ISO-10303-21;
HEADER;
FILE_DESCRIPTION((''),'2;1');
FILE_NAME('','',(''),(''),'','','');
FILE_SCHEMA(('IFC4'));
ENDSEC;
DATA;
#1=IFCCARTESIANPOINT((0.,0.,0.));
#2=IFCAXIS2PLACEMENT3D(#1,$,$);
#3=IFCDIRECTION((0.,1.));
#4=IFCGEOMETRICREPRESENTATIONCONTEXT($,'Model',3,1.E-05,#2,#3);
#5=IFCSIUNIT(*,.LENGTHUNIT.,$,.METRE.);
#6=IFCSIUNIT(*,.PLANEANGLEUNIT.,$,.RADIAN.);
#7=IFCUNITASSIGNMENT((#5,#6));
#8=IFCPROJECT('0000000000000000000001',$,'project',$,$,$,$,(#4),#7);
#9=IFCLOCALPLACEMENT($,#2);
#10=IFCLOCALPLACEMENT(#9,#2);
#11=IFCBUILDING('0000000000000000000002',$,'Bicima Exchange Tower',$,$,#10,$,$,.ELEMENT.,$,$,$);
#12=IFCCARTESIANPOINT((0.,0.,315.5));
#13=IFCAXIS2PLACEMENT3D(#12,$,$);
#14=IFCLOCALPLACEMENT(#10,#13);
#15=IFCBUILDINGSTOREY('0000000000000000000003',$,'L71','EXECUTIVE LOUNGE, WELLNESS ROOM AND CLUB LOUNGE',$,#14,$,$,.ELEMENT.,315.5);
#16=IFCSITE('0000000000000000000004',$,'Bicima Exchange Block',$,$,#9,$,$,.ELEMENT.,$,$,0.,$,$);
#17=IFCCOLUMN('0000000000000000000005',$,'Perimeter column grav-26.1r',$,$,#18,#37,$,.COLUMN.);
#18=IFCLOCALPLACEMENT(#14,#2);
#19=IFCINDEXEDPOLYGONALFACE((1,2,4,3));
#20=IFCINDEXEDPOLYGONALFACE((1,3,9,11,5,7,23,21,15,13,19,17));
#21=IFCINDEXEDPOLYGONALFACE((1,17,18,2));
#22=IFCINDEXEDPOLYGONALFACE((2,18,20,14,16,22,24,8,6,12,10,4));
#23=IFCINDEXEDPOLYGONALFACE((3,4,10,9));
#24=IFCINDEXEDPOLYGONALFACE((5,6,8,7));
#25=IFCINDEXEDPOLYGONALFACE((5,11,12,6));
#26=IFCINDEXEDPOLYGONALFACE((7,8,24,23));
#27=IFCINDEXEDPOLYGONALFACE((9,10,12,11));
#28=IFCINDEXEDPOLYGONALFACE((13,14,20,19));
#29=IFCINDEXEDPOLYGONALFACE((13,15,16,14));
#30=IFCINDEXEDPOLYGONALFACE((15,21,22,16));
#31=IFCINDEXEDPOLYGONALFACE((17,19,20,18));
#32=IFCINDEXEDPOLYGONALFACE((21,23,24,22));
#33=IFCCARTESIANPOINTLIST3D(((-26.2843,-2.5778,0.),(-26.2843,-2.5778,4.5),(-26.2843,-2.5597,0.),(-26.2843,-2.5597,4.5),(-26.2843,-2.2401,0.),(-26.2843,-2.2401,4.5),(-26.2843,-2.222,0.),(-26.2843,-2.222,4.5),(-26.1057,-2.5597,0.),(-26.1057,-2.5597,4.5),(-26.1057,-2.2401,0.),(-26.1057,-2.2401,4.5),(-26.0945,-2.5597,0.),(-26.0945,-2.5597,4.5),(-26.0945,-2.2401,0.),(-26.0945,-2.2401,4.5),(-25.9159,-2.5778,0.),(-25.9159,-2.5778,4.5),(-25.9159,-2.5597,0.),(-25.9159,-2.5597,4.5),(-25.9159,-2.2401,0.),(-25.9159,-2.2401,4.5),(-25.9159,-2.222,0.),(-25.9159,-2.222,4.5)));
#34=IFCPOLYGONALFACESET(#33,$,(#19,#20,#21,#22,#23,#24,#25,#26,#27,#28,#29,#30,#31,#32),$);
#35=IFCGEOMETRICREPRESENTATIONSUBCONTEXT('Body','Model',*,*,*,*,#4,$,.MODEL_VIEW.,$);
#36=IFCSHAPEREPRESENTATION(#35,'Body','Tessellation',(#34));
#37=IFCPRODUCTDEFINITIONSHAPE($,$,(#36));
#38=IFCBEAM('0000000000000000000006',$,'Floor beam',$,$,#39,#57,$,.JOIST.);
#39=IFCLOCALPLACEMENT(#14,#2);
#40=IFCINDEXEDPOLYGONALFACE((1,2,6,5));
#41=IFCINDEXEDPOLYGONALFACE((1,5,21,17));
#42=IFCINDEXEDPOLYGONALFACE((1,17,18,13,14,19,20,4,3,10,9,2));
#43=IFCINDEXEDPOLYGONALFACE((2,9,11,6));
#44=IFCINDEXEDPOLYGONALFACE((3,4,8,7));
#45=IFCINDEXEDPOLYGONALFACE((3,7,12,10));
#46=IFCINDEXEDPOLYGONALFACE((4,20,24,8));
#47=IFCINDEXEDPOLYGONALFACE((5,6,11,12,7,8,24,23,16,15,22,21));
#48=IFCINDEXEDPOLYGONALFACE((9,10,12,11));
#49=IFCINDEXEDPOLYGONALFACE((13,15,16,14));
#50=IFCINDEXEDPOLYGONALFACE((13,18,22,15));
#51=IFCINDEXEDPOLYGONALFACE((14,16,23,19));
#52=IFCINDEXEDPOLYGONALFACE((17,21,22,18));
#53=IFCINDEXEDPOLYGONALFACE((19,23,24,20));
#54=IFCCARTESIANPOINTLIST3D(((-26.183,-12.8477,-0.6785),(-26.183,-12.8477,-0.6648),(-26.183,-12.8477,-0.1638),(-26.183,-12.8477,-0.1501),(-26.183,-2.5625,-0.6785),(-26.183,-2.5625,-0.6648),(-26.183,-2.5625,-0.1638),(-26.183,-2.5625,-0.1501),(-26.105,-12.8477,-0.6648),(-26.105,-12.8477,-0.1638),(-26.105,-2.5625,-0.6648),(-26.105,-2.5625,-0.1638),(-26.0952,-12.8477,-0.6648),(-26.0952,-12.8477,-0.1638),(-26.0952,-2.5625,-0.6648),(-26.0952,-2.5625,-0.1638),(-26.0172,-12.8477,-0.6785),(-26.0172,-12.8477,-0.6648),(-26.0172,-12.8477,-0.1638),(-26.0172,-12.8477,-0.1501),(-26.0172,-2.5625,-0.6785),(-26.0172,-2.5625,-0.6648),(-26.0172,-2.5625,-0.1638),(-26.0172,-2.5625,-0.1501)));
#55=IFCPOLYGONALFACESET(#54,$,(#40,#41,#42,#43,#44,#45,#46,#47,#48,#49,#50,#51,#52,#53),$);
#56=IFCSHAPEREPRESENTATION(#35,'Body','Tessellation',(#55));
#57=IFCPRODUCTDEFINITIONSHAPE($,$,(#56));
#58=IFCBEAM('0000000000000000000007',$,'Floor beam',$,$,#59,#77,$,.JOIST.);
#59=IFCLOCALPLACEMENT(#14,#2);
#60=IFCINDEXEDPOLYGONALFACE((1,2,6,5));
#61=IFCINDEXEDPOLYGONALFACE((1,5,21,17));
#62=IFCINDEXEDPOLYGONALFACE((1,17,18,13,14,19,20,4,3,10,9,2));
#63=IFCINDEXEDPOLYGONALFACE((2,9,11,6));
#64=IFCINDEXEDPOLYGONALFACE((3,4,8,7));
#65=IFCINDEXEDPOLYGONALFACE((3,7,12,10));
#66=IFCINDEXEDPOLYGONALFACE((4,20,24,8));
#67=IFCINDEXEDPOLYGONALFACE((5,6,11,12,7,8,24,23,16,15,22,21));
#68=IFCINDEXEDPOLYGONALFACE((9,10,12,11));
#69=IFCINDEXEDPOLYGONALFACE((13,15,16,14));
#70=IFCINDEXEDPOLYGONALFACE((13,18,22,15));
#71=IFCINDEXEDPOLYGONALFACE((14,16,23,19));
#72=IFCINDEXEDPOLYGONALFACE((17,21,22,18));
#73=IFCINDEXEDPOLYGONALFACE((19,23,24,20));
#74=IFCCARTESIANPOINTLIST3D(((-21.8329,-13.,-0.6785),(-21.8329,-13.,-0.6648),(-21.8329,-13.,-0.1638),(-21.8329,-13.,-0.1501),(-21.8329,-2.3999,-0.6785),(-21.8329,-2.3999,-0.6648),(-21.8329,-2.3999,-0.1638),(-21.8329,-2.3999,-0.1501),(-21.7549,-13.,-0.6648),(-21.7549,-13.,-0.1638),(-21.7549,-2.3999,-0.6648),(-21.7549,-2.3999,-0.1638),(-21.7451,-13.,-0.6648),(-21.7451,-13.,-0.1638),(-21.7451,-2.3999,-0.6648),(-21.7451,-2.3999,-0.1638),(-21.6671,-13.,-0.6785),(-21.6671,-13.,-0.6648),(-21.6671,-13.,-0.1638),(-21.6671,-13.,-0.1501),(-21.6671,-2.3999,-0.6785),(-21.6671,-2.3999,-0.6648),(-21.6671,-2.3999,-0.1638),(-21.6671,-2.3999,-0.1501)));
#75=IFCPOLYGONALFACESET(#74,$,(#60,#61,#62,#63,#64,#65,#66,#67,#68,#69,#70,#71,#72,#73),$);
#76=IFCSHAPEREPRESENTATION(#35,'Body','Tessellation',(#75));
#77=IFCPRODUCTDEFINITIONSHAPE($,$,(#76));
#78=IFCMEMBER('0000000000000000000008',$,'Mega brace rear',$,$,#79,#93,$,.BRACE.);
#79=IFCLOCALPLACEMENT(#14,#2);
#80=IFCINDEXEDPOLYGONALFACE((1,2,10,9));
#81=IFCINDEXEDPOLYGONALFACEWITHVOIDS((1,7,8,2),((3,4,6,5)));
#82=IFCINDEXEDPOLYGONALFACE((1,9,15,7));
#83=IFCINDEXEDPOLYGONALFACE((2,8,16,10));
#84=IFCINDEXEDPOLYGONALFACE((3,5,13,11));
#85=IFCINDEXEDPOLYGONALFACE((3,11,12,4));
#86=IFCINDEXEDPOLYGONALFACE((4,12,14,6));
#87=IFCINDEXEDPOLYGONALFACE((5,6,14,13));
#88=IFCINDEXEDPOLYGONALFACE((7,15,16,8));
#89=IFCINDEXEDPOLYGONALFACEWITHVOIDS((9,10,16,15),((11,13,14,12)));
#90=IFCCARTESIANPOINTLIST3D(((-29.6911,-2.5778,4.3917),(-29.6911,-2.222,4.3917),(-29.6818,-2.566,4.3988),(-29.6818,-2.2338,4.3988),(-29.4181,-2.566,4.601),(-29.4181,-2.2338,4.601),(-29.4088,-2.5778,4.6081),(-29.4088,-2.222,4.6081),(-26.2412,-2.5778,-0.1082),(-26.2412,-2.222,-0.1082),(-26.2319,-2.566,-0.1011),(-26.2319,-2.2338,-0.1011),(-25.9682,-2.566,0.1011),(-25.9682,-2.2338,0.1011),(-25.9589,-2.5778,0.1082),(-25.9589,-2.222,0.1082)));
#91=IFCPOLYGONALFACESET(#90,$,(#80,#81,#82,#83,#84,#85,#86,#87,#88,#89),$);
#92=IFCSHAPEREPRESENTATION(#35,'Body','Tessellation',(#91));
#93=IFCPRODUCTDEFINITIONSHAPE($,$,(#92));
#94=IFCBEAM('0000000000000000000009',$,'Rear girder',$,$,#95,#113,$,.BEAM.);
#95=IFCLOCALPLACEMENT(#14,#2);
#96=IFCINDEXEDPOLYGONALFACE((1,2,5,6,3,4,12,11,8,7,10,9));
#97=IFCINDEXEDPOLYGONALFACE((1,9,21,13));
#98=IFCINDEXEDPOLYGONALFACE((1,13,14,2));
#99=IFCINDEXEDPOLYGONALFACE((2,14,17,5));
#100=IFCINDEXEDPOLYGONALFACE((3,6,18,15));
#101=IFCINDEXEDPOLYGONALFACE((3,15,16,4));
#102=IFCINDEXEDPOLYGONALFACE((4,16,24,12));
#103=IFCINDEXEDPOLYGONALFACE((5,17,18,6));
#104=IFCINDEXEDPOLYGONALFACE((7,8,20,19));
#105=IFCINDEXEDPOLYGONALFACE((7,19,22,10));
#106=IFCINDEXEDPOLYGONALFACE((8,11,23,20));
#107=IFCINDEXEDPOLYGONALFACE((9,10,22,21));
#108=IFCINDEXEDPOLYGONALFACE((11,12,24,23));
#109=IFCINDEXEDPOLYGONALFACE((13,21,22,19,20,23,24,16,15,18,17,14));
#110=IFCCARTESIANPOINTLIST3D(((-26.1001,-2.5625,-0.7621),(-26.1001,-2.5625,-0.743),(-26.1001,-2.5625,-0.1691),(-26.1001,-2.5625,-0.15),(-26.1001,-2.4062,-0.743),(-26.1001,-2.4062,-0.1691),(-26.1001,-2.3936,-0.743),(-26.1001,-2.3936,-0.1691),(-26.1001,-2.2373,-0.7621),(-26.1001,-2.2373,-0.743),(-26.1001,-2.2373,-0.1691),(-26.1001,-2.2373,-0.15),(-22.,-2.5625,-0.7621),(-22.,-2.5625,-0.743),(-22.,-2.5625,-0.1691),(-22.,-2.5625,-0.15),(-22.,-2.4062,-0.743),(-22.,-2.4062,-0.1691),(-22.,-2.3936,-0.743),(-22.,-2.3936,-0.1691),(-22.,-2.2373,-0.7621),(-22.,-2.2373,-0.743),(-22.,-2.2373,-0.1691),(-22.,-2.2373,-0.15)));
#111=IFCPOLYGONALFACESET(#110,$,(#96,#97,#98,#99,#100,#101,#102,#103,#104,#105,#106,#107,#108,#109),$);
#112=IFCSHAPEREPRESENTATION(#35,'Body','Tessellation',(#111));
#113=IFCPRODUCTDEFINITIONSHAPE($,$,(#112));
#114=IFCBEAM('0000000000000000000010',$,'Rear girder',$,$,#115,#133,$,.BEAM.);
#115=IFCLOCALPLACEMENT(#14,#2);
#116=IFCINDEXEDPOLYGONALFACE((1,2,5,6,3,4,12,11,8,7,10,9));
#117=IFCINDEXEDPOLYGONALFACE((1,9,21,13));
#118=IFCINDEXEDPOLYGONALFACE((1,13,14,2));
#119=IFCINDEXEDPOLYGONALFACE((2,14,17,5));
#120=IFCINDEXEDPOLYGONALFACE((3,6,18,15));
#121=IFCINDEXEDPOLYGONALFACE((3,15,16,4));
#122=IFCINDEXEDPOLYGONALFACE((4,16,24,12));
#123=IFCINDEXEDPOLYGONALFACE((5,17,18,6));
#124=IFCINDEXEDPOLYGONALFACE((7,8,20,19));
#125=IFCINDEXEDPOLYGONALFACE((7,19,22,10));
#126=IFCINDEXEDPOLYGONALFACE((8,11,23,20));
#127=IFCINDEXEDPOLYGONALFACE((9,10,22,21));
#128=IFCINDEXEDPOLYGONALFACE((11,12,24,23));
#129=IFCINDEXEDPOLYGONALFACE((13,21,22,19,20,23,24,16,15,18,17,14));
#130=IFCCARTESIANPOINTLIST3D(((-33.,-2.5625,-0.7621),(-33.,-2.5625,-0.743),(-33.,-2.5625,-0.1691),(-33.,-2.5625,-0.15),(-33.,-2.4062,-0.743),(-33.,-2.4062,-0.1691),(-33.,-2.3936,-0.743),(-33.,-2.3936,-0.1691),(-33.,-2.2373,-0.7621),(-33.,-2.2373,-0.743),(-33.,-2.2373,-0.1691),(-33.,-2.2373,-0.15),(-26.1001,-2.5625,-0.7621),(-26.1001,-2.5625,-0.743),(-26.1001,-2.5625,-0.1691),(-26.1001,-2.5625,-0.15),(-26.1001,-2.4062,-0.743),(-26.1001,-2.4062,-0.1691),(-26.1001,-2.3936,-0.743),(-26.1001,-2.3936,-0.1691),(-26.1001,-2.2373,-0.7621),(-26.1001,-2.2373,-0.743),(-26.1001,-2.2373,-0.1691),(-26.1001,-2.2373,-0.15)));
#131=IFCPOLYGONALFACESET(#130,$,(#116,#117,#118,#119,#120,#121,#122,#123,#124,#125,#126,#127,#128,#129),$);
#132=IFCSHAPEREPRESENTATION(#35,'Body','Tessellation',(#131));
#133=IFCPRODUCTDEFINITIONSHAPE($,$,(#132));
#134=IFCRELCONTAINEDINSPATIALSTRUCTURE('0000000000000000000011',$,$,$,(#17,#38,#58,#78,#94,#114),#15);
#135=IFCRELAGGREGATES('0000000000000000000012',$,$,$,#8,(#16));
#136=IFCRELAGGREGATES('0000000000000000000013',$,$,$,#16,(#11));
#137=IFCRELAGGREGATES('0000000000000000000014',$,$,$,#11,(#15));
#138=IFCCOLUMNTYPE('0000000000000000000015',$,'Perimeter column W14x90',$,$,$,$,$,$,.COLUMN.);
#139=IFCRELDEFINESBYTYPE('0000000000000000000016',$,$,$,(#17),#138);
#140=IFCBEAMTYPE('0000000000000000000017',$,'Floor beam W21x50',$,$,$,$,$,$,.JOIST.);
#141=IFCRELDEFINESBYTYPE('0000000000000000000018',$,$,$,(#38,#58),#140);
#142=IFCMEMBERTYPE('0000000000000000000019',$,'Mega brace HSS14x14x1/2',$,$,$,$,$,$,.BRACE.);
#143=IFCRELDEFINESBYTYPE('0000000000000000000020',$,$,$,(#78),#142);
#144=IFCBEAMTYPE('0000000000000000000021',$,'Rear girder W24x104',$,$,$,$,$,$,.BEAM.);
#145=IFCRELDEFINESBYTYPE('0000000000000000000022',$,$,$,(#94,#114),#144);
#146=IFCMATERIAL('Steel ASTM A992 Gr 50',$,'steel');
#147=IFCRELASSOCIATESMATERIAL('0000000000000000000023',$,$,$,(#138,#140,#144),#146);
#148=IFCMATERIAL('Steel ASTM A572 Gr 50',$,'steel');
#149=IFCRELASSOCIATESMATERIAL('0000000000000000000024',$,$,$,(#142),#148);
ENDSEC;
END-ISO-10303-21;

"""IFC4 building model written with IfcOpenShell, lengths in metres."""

from ifc_helpers import new_model, si_unit, direction, frame, origin, origin_2d, place, context, subcontext, project, spatial, hollow_rectangle, i_section, extrude, material, material_profile, profile_set, type_object, element, save


model = new_model("IFC4")

# Units and contexts
model_context = context("Model", 3, precision=1e-05, world=origin(), true_north=direction((0.0, 1.0)))
body_context = subcontext(model_context, "Body", "Model", "MODEL_VIEW")
ifc_project = project(units=[si_unit("LENGTHUNIT", "METRE"), si_unit("PLANEANGLEUNIT", "RADIAN")], contexts=[model_context])

# Site, building, storey
site_placement = place(None, origin())
site = spatial("IfcSite", under=ifc_project, at=site_placement, Name="Bicima Exchange Block", CompositionType="ELEMENT", RefElevation=0.0)
building_placement = place(site_placement, origin())
building = spatial("IfcBuilding", under=site, at=building_placement, Name="Bicima Exchange Tower", CompositionType="ELEMENT")
storey_placement = place(building_placement, frame((0.0, 0.0, 315.5)))
storey = spatial("IfcBuildingStorey", under=building, at=storey_placement, Name="L71", Description="EXECUTIVE LOUNGE, WELLNESS ROOM AND CLUB LOUNGE", CompositionType="ELEMENT", Elevation=315.5)

# Column
ifc_material_1 = material(Name="Steel ASTM A992 Gr 50", Category="steel")
ifc_material_profile_1 = material_profile(ifc_material_1, i_section(OverallWidth=0.3684, OverallDepth=0.3557, WebThickness=0.0112, FlangeThickness=0.0181, at=origin_2d()))
ifc_profile_set_1 = profile_set([ifc_material_profile_1], Name="Steel ASTM A992 Gr 50")
column_type = type_object("IfcColumnType", Name="Perimeter column W14x90", PredefinedType="COLUMN", material=ifc_profile_set_1)
column_placement = place(storey_placement, frame((-26.1001, -2.3999, 0.0), z_axis=(0.0, 0.0, 1.0), x_axis=(1.0, 0.0, 0.0)))
element("IfcColumn", 1, at=column_placement, inside=storey, type_object=column_type, Name="Perimeter column grav-26.1r", PredefinedType="COLUMN", context=body_context, shape_type="SweptSolid", body=[
    extrude(i_section(OverallWidth=0.3684, OverallDepth=0.3557, WebThickness=0.0112, FlangeThickness=0.0181, at=origin_2d()), origin(), (0.0, 0.0, 1.0), 4.5),
])

# Beams
ifc_material_profile_2 = material_profile(ifc_material_1, i_section(OverallWidth=0.1658, OverallDepth=0.5283, WebThickness=0.0098, FlangeThickness=0.0137, at=origin_2d()))
ifc_profile_set_2 = profile_set([ifc_material_profile_2], Name="Steel ASTM A992 Gr 50")
beam_type_1 = type_object("IfcBeamType", Name="Floor beam W21x50", PredefinedType="JOIST", material=ifc_profile_set_2)
beam_1_placement = place(storey_placement, frame((-26.1001, -2.5625, -0.4143), z_axis=(0.0, -1.0, 0.0), x_axis=(1.0, 0.0, 0.0)))
element("IfcBeam", 2, at=beam_1_placement, inside=storey, type_object=beam_type_1, Name="Floor beam", PredefinedType="JOIST", context=body_context, shape_type="SweptSolid", body=[
    extrude(i_section(OverallWidth=0.1658, OverallDepth=0.5283, WebThickness=0.0098, FlangeThickness=0.0137, at=origin_2d()), origin(), (0.0, 0.0, 1.0), 10.2852),
])
beam_2_placement = place(storey_placement, frame((-21.75, -2.3999, -0.4143), z_axis=(0.0, -1.0, 0.0), x_axis=(1.0, 0.0, 0.0)))
element("IfcBeam", 3, at=beam_2_placement, inside=storey, type_object=beam_type_1, Name="Floor beam", PredefinedType="JOIST", context=body_context, shape_type="SweptSolid", body=[
    extrude(i_section(OverallWidth=0.1658, OverallDepth=0.5283, WebThickness=0.0098, FlangeThickness=0.0137, at=origin_2d()), origin(), (0.0, 0.0, 1.0), 10.6001),
])

# Member
ifc_material_2 = material(Name="Steel ASTM A572 Gr 50", Category="steel")
ifc_material_profile_3 = material_profile(ifc_material_2, hollow_rectangle(XDim=0.3557, YDim=0.3557, WallThickness=0.0117, at=origin_2d()))
ifc_profile_set_3 = profile_set([ifc_material_profile_3], Name="Steel ASTM A572 Gr 50")
member_type = type_object("IfcMemberType", Name="Mega brace HSS14x14x1/2", PredefinedType="BRACE", material=ifc_profile_set_3)
member_placement = place(storey_placement, frame((-26.1001, -2.3999, 0.0), z_axis=(-0.608426, 0.0, 0.793611), x_axis=(0.0, -1.0, 0.0)))
element("IfcMember", 4, at=member_placement, inside=storey, type_object=member_type, Name="Mega brace rear", PredefinedType="BRACE", context=body_context, shape_type="SweptSolid", body=[
    extrude(hollow_rectangle(XDim=0.3557, YDim=0.3557, WallThickness=0.0117, at=origin_2d()), origin(), (0.0, 0.0, 1.0), 5.6702),
])

# Beams
ifc_material_profile_4 = material_profile(ifc_material_1, i_section(OverallWidth=0.3252, OverallDepth=0.6121, WebThickness=0.0127, FlangeThickness=0.019, at=origin_2d()))
ifc_profile_set_4 = profile_set([ifc_material_profile_4], Name="Steel ASTM A992 Gr 50")
beam_type_2 = type_object("IfcBeamType", Name="Rear girder W24x104", PredefinedType="BEAM", material=ifc_profile_set_4)
beam_3_placement = place(storey_placement, frame((-22.0, -2.3999, -0.4561), z_axis=(-1.0, 0.0, 0.0), x_axis=(0.0, -1.0, 0.0)))
element("IfcBeam", 5, at=beam_3_placement, inside=storey, type_object=beam_type_2, Name="Rear girder", PredefinedType="BEAM", context=body_context, shape_type="SweptSolid", body=[
    extrude(i_section(OverallWidth=0.3252, OverallDepth=0.6121, WebThickness=0.0127, FlangeThickness=0.019, at=origin_2d()), origin(), (0.0, 0.0, 1.0), 4.1001),
])
beam_4_placement = place(storey_placement, frame((-26.1001, -2.3999, -0.4561), z_axis=(-1.0, 0.0, 0.0), x_axis=(0.0, -1.0, 0.0)))
element("IfcBeam", 6, at=beam_4_placement, inside=storey, type_object=beam_type_2, Name="Rear girder", PredefinedType="BEAM", context=body_context, shape_type="SweptSolid", body=[
    extrude(i_section(OverallWidth=0.3252, OverallDepth=0.6121, WebThickness=0.0127, FlangeThickness=0.019, at=origin_2d()), origin(), (0.0, 0.0, 1.0), 6.8999),
])

save(model, "model.ifc")
